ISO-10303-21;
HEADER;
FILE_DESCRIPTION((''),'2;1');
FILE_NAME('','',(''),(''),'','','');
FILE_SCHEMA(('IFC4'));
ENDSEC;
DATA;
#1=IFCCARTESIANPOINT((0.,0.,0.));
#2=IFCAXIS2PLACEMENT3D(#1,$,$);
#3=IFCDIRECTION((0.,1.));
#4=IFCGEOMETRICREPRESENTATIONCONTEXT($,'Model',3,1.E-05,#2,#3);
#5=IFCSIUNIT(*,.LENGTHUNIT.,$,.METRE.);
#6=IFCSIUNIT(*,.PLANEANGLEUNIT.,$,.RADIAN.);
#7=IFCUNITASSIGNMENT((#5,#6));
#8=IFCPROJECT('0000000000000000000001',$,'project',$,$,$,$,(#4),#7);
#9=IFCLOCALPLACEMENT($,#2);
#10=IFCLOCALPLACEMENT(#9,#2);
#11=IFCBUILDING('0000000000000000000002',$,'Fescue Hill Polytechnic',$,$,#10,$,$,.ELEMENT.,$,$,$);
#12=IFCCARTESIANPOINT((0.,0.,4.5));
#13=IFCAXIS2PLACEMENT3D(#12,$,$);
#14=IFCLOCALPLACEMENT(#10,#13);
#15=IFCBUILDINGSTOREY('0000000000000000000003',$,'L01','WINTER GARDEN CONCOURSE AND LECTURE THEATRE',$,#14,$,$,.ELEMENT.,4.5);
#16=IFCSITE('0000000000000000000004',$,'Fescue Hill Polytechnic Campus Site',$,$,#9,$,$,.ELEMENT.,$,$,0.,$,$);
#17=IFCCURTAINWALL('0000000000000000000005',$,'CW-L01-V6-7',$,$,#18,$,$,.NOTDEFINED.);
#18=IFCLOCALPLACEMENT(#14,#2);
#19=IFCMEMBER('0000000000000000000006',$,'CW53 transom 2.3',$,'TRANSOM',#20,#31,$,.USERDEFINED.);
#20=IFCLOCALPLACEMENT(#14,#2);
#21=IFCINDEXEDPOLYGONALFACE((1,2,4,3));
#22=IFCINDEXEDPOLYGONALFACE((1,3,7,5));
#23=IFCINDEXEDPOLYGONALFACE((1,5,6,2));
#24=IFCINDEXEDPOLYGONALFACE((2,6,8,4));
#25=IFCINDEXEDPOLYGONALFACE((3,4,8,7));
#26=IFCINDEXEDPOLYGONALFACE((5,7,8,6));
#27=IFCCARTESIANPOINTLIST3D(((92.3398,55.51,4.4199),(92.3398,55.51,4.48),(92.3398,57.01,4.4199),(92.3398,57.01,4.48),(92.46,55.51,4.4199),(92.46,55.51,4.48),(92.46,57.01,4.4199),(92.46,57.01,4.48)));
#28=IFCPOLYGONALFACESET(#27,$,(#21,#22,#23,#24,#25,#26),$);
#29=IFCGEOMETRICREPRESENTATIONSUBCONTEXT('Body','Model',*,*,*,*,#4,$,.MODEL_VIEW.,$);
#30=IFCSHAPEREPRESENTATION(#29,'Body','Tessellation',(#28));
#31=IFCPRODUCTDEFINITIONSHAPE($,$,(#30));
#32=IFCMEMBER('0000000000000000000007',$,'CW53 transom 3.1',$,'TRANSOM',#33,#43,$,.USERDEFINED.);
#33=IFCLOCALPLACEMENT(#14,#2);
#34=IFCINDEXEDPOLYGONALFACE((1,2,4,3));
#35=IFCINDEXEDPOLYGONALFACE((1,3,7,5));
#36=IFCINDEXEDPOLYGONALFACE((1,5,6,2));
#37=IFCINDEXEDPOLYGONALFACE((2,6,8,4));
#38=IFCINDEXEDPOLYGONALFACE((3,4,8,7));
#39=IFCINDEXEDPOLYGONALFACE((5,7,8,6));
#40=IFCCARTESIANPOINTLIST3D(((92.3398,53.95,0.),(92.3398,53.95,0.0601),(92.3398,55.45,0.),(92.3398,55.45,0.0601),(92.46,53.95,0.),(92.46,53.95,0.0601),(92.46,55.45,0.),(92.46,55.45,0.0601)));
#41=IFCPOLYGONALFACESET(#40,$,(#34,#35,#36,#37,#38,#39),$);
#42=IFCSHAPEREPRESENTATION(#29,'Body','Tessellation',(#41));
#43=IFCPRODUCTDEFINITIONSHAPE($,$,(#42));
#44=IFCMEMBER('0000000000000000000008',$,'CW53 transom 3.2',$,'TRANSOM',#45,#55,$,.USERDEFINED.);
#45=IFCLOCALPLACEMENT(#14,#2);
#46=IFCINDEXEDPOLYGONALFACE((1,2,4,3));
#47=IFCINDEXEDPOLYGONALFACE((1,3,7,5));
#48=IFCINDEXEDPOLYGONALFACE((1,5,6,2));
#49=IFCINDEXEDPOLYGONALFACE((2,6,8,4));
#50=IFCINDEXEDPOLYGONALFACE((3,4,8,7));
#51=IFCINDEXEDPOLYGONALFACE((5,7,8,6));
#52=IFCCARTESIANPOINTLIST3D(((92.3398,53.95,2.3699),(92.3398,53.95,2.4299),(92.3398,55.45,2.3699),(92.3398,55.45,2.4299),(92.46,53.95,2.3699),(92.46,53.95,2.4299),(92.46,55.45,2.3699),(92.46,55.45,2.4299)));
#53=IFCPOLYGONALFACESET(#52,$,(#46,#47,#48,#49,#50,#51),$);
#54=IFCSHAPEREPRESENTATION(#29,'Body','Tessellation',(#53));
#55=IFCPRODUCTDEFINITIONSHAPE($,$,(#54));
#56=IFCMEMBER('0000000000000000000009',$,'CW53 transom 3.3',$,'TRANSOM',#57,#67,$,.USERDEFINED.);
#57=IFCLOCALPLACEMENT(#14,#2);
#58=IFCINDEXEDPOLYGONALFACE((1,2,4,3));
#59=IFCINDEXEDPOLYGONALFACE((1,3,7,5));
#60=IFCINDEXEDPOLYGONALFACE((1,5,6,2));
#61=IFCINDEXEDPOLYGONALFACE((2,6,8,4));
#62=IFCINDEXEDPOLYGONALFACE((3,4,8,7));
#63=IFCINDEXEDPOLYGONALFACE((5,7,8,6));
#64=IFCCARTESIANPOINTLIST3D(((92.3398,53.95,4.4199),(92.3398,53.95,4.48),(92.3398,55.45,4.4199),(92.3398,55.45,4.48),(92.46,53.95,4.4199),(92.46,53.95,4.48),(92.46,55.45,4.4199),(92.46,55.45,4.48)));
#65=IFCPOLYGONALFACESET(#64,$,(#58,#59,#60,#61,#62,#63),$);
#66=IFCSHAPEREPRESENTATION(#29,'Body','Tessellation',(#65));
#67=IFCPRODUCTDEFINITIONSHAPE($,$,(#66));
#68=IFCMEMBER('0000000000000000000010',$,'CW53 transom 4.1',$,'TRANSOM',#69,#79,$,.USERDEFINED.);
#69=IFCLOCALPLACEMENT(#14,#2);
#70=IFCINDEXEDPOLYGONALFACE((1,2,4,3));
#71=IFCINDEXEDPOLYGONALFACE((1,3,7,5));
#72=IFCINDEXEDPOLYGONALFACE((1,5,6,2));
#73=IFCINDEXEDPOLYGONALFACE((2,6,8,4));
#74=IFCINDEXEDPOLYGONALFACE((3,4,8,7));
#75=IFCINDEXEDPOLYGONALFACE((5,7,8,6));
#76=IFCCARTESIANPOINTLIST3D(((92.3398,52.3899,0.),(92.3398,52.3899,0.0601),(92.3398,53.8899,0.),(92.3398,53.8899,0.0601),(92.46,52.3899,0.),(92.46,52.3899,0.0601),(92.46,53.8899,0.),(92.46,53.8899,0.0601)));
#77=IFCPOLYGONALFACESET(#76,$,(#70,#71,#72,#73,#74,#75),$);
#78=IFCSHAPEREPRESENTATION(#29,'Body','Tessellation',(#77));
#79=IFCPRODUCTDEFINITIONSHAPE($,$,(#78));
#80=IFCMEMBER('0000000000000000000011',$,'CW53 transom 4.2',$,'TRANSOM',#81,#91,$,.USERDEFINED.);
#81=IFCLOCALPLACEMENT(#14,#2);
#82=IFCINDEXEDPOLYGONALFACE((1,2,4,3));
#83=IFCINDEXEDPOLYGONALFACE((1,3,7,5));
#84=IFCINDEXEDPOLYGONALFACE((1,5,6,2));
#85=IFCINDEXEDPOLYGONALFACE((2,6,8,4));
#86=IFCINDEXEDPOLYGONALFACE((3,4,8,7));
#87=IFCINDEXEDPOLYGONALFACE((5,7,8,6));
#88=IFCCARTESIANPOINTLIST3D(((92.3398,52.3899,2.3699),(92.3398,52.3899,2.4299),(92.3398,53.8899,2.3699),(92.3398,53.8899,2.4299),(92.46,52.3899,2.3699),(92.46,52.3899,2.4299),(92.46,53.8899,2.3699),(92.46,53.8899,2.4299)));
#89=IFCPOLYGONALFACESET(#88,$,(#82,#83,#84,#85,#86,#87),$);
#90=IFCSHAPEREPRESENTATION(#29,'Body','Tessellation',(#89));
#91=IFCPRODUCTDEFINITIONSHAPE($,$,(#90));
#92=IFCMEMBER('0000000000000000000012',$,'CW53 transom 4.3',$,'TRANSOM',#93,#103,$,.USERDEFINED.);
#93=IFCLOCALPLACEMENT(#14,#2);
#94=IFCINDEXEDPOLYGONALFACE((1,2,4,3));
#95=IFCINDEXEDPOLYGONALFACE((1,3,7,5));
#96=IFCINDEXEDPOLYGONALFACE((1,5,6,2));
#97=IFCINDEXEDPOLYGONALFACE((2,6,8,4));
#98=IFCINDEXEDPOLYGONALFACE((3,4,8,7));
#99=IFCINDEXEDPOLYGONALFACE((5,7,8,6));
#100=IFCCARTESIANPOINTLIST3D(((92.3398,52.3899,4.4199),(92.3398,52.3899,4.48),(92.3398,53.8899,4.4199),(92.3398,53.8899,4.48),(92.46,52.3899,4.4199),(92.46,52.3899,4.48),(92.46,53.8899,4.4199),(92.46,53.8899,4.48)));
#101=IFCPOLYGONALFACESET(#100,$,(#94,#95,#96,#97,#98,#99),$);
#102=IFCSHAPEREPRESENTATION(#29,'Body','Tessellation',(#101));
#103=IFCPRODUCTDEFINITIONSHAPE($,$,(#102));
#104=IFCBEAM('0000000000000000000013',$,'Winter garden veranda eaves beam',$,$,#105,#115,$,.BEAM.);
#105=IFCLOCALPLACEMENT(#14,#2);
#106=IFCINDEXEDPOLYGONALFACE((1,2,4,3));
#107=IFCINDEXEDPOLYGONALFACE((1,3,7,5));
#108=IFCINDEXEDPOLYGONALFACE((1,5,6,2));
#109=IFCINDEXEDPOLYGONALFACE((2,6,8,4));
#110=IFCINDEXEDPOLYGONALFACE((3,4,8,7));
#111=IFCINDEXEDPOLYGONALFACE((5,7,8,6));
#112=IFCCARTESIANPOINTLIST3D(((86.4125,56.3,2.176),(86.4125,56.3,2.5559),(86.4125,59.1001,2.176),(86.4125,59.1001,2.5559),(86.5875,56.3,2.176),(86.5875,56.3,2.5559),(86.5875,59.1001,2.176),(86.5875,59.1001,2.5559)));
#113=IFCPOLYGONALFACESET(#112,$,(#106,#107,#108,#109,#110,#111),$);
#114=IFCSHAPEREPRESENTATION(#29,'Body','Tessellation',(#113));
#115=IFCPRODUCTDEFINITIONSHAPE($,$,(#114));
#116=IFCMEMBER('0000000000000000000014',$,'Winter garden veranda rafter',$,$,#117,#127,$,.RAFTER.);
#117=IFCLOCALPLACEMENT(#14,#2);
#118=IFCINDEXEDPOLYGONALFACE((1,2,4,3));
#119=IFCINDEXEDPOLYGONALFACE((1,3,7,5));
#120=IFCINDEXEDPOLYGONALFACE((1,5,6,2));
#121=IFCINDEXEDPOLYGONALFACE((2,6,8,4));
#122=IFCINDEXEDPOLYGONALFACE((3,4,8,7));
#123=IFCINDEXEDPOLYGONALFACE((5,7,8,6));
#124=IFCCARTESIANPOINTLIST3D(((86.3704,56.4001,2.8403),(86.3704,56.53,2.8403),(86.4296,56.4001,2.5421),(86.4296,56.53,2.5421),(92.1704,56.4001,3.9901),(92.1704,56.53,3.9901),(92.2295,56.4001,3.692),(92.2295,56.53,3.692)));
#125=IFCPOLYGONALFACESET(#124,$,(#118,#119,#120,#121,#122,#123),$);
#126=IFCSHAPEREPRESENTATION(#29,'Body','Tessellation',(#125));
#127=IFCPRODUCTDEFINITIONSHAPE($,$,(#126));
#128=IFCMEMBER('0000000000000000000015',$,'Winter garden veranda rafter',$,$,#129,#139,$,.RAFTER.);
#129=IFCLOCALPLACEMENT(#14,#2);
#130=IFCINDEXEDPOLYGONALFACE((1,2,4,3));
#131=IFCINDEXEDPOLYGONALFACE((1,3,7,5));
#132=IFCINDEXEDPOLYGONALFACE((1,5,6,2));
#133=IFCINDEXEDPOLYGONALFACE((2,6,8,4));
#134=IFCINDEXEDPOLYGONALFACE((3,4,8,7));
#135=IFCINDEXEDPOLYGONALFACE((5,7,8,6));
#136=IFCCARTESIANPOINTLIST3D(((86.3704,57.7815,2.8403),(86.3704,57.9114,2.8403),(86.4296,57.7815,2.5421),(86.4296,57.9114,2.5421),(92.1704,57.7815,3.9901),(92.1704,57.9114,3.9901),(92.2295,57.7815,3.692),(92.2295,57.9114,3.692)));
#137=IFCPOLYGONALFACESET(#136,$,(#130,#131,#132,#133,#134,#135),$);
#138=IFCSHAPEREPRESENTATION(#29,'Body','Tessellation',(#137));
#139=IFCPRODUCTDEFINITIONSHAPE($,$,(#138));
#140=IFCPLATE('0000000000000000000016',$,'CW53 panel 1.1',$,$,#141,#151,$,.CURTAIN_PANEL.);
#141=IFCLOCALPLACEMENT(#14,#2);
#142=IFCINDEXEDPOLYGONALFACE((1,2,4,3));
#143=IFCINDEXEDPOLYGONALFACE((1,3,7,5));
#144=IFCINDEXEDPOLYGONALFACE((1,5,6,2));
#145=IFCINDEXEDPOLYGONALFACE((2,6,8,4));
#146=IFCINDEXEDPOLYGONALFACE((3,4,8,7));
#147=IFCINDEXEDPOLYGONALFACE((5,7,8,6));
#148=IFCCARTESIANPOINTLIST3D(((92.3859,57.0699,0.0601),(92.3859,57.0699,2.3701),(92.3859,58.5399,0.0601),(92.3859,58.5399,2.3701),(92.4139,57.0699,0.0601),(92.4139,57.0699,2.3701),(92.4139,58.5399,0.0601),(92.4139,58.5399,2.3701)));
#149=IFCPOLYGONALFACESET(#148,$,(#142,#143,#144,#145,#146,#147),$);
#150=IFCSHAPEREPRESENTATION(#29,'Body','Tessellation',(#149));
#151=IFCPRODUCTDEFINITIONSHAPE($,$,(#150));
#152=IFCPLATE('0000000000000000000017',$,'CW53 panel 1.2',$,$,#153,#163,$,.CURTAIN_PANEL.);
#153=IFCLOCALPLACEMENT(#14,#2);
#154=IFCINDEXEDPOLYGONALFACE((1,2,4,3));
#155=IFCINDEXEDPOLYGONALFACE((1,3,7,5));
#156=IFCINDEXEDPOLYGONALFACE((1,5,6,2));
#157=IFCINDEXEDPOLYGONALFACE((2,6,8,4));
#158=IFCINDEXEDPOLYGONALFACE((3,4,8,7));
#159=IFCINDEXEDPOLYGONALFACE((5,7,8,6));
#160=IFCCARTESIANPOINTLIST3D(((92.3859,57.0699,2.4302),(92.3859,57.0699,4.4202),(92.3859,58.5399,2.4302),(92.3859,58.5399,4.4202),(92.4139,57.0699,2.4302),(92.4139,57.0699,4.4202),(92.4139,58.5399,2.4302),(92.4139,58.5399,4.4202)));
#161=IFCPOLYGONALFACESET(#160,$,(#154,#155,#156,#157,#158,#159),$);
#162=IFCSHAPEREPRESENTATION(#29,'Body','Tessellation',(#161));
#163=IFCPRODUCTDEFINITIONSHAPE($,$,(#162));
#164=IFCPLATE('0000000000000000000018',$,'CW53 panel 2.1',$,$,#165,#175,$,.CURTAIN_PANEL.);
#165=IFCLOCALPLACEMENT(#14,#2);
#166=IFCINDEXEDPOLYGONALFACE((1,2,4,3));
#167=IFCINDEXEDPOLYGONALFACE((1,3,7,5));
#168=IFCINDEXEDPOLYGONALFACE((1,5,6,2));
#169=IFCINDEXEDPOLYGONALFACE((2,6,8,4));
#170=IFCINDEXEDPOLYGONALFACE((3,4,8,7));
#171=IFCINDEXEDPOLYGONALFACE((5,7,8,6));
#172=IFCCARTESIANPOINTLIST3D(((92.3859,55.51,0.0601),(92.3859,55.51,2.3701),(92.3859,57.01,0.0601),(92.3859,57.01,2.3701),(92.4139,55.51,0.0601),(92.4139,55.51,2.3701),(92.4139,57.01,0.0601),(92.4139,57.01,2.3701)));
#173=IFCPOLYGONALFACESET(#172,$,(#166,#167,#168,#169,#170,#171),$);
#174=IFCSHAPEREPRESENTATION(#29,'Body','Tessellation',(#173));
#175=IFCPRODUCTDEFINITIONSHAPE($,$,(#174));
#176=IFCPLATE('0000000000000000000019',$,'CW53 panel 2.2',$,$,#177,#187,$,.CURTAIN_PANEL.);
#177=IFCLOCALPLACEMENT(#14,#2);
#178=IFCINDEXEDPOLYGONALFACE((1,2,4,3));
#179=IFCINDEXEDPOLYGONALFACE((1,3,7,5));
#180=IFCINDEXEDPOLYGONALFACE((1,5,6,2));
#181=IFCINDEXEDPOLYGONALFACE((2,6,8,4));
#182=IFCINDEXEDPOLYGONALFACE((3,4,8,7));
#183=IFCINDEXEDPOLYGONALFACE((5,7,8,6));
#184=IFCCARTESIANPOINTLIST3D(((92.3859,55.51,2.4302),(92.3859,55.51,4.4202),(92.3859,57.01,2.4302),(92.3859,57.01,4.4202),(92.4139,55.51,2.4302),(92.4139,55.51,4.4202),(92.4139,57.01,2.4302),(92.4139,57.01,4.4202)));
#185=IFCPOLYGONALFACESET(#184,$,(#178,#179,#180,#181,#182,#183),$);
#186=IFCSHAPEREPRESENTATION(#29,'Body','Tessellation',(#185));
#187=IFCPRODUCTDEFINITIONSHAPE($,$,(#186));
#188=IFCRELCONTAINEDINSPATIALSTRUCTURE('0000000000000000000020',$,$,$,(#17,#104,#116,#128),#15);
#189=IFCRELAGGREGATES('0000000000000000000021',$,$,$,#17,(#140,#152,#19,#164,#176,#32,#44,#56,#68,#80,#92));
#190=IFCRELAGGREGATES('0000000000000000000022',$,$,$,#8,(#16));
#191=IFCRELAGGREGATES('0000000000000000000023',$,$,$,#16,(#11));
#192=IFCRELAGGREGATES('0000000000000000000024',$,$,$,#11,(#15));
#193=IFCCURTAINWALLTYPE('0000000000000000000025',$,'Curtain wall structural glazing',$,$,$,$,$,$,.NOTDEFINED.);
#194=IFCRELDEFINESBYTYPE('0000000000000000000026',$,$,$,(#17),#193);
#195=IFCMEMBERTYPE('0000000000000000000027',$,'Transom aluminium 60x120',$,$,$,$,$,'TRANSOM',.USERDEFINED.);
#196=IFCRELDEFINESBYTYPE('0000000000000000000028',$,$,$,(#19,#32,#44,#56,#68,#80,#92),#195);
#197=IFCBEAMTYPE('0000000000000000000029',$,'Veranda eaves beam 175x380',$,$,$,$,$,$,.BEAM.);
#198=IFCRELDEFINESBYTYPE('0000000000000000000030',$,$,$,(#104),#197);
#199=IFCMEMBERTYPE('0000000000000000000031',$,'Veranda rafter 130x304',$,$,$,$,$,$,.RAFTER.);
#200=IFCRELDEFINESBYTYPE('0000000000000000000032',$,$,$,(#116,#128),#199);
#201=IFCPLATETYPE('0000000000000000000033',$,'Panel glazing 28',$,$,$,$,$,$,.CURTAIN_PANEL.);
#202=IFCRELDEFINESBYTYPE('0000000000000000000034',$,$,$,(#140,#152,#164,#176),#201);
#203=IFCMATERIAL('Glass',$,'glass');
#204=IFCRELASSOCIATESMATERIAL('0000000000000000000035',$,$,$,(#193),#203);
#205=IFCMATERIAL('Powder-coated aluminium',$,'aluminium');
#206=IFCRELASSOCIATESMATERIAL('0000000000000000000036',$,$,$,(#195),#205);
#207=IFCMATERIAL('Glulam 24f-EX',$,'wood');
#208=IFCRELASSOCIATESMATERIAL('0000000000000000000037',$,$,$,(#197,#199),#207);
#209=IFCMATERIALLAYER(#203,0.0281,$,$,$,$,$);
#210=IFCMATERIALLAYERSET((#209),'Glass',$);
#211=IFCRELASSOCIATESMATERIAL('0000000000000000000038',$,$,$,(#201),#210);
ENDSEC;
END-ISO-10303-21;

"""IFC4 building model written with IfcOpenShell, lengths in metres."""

from ifc_helpers import new_model, si_unit, direction, frame, origin, origin_2d, place, context, subcontext, project, spatial, rectangle, extrude, material, layer, layer_set, material_profile, profile_set, type_object, element, aggregate, save


model = new_model("IFC4")

# Units and contexts
model_context = context("Model", 3, precision=1e-05, world=origin(), true_north=direction((0.0, 1.0)))
body_context = subcontext(model_context, "Body", "Model", "MODEL_VIEW")
ifc_project = project(units=[si_unit("LENGTHUNIT", "METRE"), si_unit("PLANEANGLEUNIT", "RADIAN")], contexts=[model_context])

# Site, building, storey
site_placement = place(None, origin())
site = spatial("IfcSite", under=ifc_project, at=site_placement, Name="Fescue Hill Polytechnic Campus Site", CompositionType="ELEMENT", RefElevation=0.0)
building_placement = place(site_placement, origin())
building = spatial("IfcBuilding", under=site, at=building_placement, Name="Fescue Hill Polytechnic", CompositionType="ELEMENT")
storey_placement = place(building_placement, frame((0.0, 0.0, 4.5)))
storey = spatial("IfcBuildingStorey", under=building, at=storey_placement, Name="L01", Description="WINTER GARDEN CONCOURSE AND LECTURE THEATRE", CompositionType="ELEMENT", Elevation=4.5)

# Shared definitions
ifc_material_1 = material(Name="Glulam 24f-EX", Category="wood")

# Curtain wall, members
ifc_material_2 = material(Name="Glass", Category="glass")
curtain_wall_type = type_object("IfcCurtainWallType", Name="Curtain wall structural glazing", PredefinedType="NOTDEFINED", material=ifc_material_2)
curtain_wall_placement = place(storey_placement, origin())
curtain_wall = element("IfcCurtainWall", 1, at=curtain_wall_placement, inside=storey, type_object=curtain_wall_type, Name="CW-L01-V6-7", PredefinedType="NOTDEFINED")
ifc_material_3 = material(Name="Powder-coated aluminium", Category="aluminium")
ifc_material_profile_1 = material_profile(ifc_material_3, rectangle(XDim=0.1201, YDim=0.0601, at=origin_2d()), Name="Transom aluminium 60x120")
ifc_profile_set_1 = profile_set([ifc_material_profile_1], Name="Powder-coated aluminium")
member_type_1 = type_object("IfcMemberType", Name="Transom aluminium 60x120", ElementType="TRANSOM", PredefinedType="USERDEFINED", material=ifc_profile_set_1)
member_1_placement = place(storey_placement, frame((92.3999, 57.01, 4.45), z_axis=(0.0, -1.0, 0.0), x_axis=(1.0, 0.0, 0.0)))
member_1 = element("IfcMember", 2, at=member_1_placement, type_object=member_type_1, Name="CW53 transom 2.3", ObjectType="TRANSOM", PredefinedType="USERDEFINED", context=body_context, shape_type="SweptSolid", body=[
    extrude(rectangle(XDim=0.1201, YDim=0.0601, at=origin_2d()), origin(), (0.0, 0.0, 1.0), 1.5),
])
member_2_placement = place(storey_placement, frame((92.3999, 55.45, 0.03), z_axis=(0.0, -1.0, 0.0), x_axis=(1.0, 0.0, 0.0)))
member_2 = element("IfcMember", 3, at=member_2_placement, type_object=member_type_1, Name="CW53 transom 3.1", ObjectType="TRANSOM", PredefinedType="USERDEFINED", context=body_context, shape_type="SweptSolid", body=[
    extrude(rectangle(XDim=0.1201, YDim=0.0601, at=origin_2d()), origin(), (0.0, 0.0, 1.0), 1.5),
])
member_3_placement = place(storey_placement, frame((92.3999, 55.45, 2.3999), z_axis=(0.0, -1.0, 0.0), x_axis=(1.0, 0.0, 0.0)))
member_3 = element("IfcMember", 4, at=member_3_placement, type_object=member_type_1, Name="CW53 transom 3.2", ObjectType="TRANSOM", PredefinedType="USERDEFINED", context=body_context, shape_type="SweptSolid", body=[
    extrude(rectangle(XDim=0.1201, YDim=0.0601, at=origin_2d()), origin(), (0.0, 0.0, 1.0), 1.5),
])
member_4_placement = place(storey_placement, frame((92.3999, 55.45, 4.45), z_axis=(0.0, -1.0, 0.0), x_axis=(1.0, 0.0, 0.0)))
member_4 = element("IfcMember", 5, at=member_4_placement, type_object=member_type_1, Name="CW53 transom 3.3", ObjectType="TRANSOM", PredefinedType="USERDEFINED", context=body_context, shape_type="SweptSolid", body=[
    extrude(rectangle(XDim=0.1201, YDim=0.0601, at=origin_2d()), origin(), (0.0, 0.0, 1.0), 1.5),
])
member_5_placement = place(storey_placement, frame((92.3999, 53.8899, 0.03), z_axis=(0.0, -1.0, 0.0), x_axis=(1.0, 0.0, 0.0)))
member_5 = element("IfcMember", 6, at=member_5_placement, type_object=member_type_1, Name="CW53 transom 4.1", ObjectType="TRANSOM", PredefinedType="USERDEFINED", context=body_context, shape_type="SweptSolid", body=[
    extrude(rectangle(XDim=0.1201, YDim=0.0601, at=origin_2d()), origin(), (0.0, 0.0, 1.0), 1.5),
])
member_6_placement = place(storey_placement, frame((92.3999, 53.8899, 2.3999), z_axis=(0.0, -1.0, 0.0), x_axis=(1.0, 0.0, 0.0)))
member_6 = element("IfcMember", 7, at=member_6_placement, type_object=member_type_1, Name="CW53 transom 4.2", ObjectType="TRANSOM", PredefinedType="USERDEFINED", context=body_context, shape_type="SweptSolid", body=[
    extrude(rectangle(XDim=0.1201, YDim=0.0601, at=origin_2d()), origin(), (0.0, 0.0, 1.0), 1.5),
])
member_7_placement = place(storey_placement, frame((92.3999, 53.8899, 4.45), z_axis=(0.0, -1.0, 0.0), x_axis=(1.0, 0.0, 0.0)))
member_7 = element("IfcMember", 8, at=member_7_placement, type_object=member_type_1, Name="CW53 transom 4.3", ObjectType="TRANSOM", PredefinedType="USERDEFINED", context=body_context, shape_type="SweptSolid", body=[
    extrude(rectangle(XDim=0.1201, YDim=0.0601, at=origin_2d()), origin(), (0.0, 0.0, 1.0), 1.5),
])

# Beam
ifc_material_profile_2 = material_profile(ifc_material_1, rectangle(XDim=0.175, YDim=0.3799, at=origin_2d()), Name="Veranda eaves beam 175x380")
ifc_profile_set_2 = profile_set([ifc_material_profile_2], Name="Glulam 24f-EX")
beam_type = type_object("IfcBeamType", Name="Veranda eaves beam 175x380", PredefinedType="BEAM", material=ifc_profile_set_2)
beam_placement = place(storey_placement, frame((86.5, 56.3, 2.366), z_axis=(0.0, 1.0, 0.0), x_axis=(-1.0, 0.0, 0.0)))
element("IfcBeam", 9, at=beam_placement, inside=storey, type_object=beam_type, Name="Winter garden veranda eaves beam", PredefinedType="BEAM", context=body_context, shape_type="SweptSolid", body=[
    extrude(rectangle(XDim=0.175, YDim=0.3799, at=origin_2d()), origin(), (0.0, 0.0, 1.0), 2.8),
])

# Members
ifc_material_profile_3 = material_profile(ifc_material_1, rectangle(XDim=0.1299, YDim=0.304, at=origin_2d()), Name="Veranda rafter 130x304")
ifc_profile_set_3 = profile_set([ifc_material_profile_3], Name="Glulam 24f-EX")
member_type_2 = type_object("IfcMemberType", Name="Veranda rafter 130x304", PredefinedType="RAFTER", material=ifc_profile_set_3)
for number, where, z_axis, x_axis, name in (
    (10, (92.2, 56.4651, 3.8411), (-0.980908, 0.0, -0.194472), (0.0, -1.0, 0.0), "Winter garden veranda rafter"),
    (11, (92.2, 57.8464, 3.8411), (-0.980908, 0.0, -0.194472), (0.0, -1.0, 0.0), "Winter garden veranda rafter"),
):
    element("IfcMember", number, at=place(storey_placement, frame(where, z_axis=z_axis, x_axis=x_axis)), inside=storey, type_object=member_type_2, Name=name, PredefinedType="RAFTER", context=body_context, shape_type="SweptSolid", body=[
        extrude(rectangle(XDim=0.1299, YDim=0.304, at=origin_2d()), origin(), (0.0, 0.0, 1.0), 5.9128),
    ])

# Plates
ifc_layer_1 = layer(ifc_material_2, 0.0281)
ifc_layer_set_1 = layer_set([ifc_layer_1], Name="Glass")
plate_type = type_object("IfcPlateType", Name="Panel glazing 28", PredefinedType="CURTAIN_PANEL", material=ifc_layer_set_1)
plate_1_placement = place(storey_placement, frame((92.3999, 57.8049, 0.0601), z_axis=(0.0, 0.0, 1.0), x_axis=(0.0, -1.0, 0.0)))
plate_1 = element("IfcPlate", 12, at=plate_1_placement, type_object=plate_type, Name="CW53 panel 1.1", PredefinedType="CURTAIN_PANEL", context=body_context, shape_type="SweptSolid", body=[
    extrude(rectangle(XDim=1.47, YDim=0.0281, at=origin_2d()), origin(), (0.0, 0.0, 1.0), 2.3101),
])
plate_2_placement = place(storey_placement, frame((92.3999, 57.8049, 2.4302), z_axis=(0.0, 0.0, 1.0), x_axis=(0.0, -1.0, 0.0)))
plate_2 = element("IfcPlate", 13, at=plate_2_placement, type_object=plate_type, Name="CW53 panel 1.2", PredefinedType="CURTAIN_PANEL", context=body_context, shape_type="SweptSolid", body=[
    extrude(rectangle(XDim=1.47, YDim=0.0281, at=origin_2d()), origin(), (0.0, 0.0, 1.0), 1.99),
])
plate_3_placement = place(storey_placement, frame((92.3999, 56.26, 0.0601), z_axis=(0.0, 0.0, 1.0), x_axis=(0.0, -1.0, 0.0)))
plate_3 = element("IfcPlate", 14, at=plate_3_placement, type_object=plate_type, Name="CW53 panel 2.1", PredefinedType="CURTAIN_PANEL", context=body_context, shape_type="SweptSolid", body=[
    extrude(rectangle(XDim=1.5, YDim=0.0281, at=origin_2d()), origin(), (0.0, 0.0, 1.0), 2.3101),
])
plate_4_placement = place(storey_placement, frame((92.3999, 56.26, 2.4302), z_axis=(0.0, 0.0, 1.0), x_axis=(0.0, -1.0, 0.0)))
plate_4 = element("IfcPlate", 15, at=plate_4_placement, type_object=plate_type, Name="CW53 panel 2.2", PredefinedType="CURTAIN_PANEL", context=body_context, shape_type="SweptSolid", body=[
    extrude(rectangle(XDim=1.5, YDim=0.0281, at=origin_2d()), origin(), (0.0, 0.0, 1.0), 1.99),
])
aggregate(curtain_wall, [plate_1, plate_2, member_1, plate_3, plate_4, member_2, member_3, member_4, member_5, member_6, member_7])

save(model, "model.ifc")
